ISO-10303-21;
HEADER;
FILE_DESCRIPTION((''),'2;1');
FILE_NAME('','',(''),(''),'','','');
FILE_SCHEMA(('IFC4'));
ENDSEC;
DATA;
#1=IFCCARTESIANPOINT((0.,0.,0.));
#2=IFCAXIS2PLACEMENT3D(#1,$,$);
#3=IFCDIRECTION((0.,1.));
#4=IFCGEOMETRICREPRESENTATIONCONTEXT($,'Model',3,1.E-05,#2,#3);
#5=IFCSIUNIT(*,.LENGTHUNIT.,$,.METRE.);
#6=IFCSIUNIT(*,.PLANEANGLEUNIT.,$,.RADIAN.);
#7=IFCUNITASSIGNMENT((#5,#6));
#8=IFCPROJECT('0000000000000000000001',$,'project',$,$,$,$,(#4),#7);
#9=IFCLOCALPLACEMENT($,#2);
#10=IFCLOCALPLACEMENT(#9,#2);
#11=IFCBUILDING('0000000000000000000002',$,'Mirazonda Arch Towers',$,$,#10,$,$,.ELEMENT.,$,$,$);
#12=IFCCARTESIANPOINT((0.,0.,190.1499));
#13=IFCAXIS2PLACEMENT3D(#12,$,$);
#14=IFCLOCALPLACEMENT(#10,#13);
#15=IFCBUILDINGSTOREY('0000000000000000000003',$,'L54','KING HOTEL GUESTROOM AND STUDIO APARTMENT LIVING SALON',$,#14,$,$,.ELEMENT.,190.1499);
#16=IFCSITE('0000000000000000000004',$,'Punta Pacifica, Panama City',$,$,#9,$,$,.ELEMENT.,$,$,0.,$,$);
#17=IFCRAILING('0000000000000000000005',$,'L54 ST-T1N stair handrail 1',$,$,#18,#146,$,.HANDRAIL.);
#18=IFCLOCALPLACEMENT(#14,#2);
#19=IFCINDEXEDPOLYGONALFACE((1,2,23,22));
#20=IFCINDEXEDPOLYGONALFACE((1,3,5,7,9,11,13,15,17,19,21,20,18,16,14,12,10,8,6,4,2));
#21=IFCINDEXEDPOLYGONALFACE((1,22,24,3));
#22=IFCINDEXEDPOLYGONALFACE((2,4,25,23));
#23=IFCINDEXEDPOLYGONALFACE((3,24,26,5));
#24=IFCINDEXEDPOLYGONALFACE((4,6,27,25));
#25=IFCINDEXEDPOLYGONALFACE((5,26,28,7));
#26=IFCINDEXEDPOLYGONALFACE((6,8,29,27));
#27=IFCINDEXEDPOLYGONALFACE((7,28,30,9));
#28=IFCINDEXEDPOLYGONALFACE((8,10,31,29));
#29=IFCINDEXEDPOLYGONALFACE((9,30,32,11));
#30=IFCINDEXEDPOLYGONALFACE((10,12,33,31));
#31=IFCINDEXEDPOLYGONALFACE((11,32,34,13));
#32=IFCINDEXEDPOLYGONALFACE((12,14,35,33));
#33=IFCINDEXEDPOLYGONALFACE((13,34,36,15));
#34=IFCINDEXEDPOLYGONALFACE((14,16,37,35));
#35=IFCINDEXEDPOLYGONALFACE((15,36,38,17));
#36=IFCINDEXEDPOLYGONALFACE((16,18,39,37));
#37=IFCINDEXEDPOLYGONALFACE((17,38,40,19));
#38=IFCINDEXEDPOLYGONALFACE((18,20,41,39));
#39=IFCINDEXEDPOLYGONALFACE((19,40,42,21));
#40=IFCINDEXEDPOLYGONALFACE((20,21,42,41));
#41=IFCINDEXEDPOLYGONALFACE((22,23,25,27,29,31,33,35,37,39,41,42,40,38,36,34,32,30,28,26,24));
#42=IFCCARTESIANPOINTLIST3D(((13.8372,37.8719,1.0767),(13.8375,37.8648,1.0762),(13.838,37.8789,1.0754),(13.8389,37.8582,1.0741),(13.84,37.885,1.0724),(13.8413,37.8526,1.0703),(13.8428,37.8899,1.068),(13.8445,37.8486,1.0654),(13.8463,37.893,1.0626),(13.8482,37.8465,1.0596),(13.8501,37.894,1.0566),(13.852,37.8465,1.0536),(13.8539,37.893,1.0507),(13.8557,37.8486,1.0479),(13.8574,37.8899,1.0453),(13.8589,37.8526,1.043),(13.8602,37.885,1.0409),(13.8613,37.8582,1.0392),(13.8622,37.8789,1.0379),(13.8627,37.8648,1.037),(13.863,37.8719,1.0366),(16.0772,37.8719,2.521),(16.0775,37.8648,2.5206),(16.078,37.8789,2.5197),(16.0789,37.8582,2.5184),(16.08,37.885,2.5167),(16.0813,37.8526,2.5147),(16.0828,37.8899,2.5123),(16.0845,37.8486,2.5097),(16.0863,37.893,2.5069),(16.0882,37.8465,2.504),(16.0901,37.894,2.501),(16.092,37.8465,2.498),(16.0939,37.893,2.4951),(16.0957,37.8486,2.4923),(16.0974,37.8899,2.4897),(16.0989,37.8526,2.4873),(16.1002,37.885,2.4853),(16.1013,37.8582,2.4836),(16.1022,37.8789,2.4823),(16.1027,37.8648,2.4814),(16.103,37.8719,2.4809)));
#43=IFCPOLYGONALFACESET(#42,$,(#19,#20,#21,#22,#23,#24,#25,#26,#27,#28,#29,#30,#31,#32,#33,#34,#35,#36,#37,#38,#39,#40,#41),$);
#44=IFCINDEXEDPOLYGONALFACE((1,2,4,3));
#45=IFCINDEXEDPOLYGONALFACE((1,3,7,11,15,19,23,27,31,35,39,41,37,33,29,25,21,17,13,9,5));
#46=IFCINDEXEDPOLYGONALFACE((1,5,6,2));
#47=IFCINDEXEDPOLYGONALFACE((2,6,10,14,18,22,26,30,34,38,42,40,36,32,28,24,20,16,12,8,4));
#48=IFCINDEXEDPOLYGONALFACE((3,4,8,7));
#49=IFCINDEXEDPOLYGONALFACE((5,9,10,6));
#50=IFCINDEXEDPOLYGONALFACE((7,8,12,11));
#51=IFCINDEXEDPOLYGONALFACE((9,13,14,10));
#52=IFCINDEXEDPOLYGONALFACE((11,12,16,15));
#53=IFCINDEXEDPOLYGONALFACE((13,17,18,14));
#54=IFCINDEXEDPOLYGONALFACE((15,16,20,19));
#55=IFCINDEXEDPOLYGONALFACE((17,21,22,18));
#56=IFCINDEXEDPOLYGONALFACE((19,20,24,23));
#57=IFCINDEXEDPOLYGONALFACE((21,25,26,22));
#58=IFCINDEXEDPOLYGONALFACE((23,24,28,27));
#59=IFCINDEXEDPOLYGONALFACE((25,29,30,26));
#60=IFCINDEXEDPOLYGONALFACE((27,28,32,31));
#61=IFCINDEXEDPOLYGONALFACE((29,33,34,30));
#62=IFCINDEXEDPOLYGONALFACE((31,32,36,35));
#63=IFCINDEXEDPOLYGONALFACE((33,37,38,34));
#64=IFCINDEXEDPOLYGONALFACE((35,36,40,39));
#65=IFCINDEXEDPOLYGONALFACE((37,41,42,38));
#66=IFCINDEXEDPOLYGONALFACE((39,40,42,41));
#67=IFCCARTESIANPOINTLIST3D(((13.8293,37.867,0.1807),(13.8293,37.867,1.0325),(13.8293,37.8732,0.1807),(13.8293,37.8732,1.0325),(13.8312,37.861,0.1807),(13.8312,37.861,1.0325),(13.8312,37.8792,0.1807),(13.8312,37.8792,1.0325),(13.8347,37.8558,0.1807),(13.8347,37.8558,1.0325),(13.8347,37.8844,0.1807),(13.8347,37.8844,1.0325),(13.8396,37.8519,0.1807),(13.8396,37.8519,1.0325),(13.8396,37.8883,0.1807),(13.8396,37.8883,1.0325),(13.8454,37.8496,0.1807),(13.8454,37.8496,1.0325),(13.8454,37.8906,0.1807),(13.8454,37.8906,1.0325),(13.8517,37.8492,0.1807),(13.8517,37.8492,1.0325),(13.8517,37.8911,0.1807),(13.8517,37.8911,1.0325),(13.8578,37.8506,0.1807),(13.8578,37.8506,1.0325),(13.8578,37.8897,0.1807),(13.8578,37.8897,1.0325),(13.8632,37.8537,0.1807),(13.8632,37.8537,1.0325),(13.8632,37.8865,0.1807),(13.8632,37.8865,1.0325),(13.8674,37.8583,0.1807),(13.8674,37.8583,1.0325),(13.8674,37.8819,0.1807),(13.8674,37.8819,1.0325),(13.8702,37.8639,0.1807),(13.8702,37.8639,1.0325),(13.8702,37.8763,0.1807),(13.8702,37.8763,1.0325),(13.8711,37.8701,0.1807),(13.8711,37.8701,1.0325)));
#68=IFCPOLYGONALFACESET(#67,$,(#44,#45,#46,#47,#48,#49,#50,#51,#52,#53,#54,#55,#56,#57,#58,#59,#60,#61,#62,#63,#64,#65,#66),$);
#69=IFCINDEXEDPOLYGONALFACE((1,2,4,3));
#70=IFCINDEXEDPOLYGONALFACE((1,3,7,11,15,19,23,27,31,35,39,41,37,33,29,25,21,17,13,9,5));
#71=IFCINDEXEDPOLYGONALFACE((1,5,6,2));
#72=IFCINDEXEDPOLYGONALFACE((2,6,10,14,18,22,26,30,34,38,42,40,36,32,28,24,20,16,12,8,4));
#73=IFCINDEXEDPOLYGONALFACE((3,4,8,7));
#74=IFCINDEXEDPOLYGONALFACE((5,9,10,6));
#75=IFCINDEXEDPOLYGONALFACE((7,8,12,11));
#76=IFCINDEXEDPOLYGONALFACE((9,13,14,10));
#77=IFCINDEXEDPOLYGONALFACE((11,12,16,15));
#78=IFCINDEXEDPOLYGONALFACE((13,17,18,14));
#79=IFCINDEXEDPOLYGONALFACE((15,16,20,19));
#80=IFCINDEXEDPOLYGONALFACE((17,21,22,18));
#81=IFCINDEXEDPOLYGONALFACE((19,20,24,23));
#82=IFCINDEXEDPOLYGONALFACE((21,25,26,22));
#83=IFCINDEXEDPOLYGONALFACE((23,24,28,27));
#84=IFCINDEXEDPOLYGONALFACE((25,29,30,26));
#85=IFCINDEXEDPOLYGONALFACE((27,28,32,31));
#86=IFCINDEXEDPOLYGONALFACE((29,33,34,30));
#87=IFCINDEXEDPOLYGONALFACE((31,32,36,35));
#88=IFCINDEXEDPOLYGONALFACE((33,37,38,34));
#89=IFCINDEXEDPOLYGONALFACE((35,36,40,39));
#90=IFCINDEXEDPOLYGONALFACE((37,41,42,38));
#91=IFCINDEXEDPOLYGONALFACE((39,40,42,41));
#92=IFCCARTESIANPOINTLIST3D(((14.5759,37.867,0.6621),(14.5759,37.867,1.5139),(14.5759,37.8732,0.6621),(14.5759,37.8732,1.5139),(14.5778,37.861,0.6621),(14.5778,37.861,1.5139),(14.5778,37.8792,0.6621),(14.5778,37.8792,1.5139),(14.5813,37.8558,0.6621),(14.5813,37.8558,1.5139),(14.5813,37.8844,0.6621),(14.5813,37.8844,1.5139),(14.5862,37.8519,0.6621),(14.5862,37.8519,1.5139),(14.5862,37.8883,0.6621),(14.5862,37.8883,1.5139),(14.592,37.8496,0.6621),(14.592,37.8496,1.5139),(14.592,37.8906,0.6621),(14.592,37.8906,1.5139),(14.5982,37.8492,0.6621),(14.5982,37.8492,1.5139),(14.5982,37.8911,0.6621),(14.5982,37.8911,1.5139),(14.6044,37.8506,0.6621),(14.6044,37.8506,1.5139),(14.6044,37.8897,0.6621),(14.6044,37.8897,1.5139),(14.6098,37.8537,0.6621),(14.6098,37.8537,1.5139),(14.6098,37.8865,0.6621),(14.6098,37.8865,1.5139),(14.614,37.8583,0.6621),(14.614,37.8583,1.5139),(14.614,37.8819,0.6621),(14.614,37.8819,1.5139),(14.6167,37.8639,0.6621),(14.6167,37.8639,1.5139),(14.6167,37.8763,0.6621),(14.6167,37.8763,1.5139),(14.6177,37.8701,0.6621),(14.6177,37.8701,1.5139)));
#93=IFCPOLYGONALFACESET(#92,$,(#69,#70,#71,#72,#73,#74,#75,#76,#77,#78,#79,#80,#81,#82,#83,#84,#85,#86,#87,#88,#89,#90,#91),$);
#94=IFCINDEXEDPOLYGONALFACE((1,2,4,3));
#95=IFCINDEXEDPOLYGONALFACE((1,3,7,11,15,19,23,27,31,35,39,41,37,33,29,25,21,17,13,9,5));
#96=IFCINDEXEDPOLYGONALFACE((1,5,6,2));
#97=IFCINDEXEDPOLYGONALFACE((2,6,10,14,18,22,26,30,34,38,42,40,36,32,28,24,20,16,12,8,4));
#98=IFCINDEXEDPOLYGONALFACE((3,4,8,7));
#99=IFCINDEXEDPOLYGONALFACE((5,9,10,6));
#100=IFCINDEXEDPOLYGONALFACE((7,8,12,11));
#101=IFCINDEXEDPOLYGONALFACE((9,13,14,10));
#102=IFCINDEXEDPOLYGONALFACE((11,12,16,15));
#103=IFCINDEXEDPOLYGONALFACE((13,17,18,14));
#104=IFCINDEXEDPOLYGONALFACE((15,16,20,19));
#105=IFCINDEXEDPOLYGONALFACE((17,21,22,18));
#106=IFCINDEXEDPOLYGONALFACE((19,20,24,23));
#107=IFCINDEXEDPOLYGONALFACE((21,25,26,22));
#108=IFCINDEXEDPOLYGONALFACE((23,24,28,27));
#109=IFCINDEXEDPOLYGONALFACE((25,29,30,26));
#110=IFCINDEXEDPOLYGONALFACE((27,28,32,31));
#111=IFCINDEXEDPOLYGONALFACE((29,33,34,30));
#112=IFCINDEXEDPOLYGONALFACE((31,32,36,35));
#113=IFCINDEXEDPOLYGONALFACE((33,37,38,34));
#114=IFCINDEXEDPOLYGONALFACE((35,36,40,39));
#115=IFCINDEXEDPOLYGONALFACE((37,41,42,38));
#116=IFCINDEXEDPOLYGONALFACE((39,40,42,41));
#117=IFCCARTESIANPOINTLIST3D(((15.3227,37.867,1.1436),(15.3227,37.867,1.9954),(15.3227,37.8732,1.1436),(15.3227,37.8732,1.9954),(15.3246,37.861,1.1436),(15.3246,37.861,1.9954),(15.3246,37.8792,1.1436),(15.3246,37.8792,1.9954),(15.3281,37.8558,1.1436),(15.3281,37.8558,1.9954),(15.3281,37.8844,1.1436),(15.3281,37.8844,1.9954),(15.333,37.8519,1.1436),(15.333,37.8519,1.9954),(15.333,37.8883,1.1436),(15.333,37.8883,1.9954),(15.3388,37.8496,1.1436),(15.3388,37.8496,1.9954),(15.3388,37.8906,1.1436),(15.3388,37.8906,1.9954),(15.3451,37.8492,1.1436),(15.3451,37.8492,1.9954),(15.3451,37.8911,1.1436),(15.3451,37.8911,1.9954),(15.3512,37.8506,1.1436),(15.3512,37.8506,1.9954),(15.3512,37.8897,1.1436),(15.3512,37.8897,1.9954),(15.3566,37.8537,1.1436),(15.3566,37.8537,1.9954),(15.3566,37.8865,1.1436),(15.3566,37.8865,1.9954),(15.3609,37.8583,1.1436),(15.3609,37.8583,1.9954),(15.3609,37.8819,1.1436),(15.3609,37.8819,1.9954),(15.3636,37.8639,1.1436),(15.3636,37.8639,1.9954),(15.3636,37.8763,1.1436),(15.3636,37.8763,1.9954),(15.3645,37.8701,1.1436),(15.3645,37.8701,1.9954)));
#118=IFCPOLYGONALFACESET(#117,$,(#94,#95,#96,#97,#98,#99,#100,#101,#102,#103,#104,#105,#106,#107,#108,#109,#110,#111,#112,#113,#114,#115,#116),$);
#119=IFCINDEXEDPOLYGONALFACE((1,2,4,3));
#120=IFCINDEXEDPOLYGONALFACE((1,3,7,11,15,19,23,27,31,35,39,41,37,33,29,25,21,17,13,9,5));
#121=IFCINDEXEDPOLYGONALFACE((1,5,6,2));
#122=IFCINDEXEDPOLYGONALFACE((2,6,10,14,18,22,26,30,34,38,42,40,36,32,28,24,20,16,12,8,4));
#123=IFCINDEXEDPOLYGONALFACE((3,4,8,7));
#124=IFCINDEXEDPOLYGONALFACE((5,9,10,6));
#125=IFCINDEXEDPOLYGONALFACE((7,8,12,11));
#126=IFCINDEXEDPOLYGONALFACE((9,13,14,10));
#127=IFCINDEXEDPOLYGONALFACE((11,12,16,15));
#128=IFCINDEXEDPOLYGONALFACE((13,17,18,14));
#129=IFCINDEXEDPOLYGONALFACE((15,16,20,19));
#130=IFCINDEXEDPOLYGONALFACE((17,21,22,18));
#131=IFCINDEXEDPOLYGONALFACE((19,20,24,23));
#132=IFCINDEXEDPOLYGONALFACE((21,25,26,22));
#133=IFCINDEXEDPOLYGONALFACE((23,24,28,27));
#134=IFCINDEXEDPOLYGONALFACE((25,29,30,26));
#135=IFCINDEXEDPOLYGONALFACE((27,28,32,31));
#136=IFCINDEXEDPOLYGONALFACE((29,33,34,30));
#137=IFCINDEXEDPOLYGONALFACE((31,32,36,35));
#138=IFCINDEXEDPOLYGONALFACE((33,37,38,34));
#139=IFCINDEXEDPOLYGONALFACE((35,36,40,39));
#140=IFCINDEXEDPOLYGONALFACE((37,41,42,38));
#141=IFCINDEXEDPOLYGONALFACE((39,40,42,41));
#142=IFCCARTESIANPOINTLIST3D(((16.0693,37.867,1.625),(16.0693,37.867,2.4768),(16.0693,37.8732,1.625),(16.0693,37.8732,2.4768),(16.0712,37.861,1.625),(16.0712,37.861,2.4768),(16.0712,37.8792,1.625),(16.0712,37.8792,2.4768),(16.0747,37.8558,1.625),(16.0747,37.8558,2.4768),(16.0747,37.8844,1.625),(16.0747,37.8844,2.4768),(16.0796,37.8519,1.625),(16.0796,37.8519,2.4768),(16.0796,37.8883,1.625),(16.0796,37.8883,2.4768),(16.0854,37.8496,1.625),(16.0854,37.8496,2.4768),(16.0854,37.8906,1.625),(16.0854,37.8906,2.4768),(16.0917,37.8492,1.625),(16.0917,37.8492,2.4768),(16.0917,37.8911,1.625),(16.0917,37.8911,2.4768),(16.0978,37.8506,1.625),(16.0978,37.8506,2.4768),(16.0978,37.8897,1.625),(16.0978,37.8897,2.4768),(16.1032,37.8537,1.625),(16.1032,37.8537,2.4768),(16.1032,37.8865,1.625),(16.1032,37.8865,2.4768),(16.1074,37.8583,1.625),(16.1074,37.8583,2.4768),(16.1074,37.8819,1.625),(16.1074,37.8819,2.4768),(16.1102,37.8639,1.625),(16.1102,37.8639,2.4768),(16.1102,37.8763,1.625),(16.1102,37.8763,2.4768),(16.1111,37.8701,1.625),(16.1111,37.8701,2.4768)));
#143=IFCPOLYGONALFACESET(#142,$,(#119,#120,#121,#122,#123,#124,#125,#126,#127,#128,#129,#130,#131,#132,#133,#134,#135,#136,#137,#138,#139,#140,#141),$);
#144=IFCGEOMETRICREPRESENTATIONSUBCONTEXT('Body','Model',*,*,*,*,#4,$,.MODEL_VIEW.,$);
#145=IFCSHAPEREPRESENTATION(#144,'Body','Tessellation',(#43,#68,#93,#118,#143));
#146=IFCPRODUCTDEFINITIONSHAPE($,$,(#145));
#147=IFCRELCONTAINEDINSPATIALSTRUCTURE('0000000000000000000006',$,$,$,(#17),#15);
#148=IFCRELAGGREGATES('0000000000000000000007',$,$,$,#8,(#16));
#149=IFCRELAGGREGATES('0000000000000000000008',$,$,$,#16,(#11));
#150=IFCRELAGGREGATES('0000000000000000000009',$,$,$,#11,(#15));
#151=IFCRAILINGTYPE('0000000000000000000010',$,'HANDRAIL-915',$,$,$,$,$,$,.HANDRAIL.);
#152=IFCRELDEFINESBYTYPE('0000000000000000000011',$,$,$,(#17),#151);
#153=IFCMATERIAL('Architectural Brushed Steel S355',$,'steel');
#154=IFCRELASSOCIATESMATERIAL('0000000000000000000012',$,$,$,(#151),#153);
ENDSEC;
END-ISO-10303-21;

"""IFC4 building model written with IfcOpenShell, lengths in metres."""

from ifc_helpers import new_model, si_unit, direction, frame, origin, origin_2d, place, context, subcontext, project, spatial, circle, extrude, material, type_object, element, save


model = new_model("IFC4")

# Units and contexts
model_context = context("Model", 3, precision=1e-05, world=origin(), true_north=direction((0.0, 1.0)))
body_context = subcontext(model_context, "Body", "Model", "MODEL_VIEW")
ifc_project = project(units=[si_unit("LENGTHUNIT", "METRE"), si_unit("PLANEANGLEUNIT", "RADIAN")], contexts=[model_context])

# Site, building, storey
site_placement = place(None, origin())
site = spatial("IfcSite", under=ifc_project, at=site_placement, Name="Punta Pacifica, Panama City", CompositionType="ELEMENT", RefElevation=0.0)
building_placement = place(site_placement, origin())
building = spatial("IfcBuilding", under=site, at=building_placement, Name="Mirazonda Arch Towers", CompositionType="ELEMENT")
storey_placement = place(building_placement, frame((0.0, 0.0, 190.1499)))
storey = spatial("IfcBuildingStorey", under=building, at=storey_placement, Name="L54", Description="KING HOTEL GUESTROOM AND STUDIO APARTMENT LIVING SALON", CompositionType="ELEMENT", Elevation=190.1499)

# Shared definitions
ifc_material_1 = material(Name="Architectural Brushed Steel S355", Category="steel")

# Railing
railing_type_1 = type_object("IfcRailingType", Name="HANDRAIL-915", PredefinedType="HANDRAIL", material=ifc_material_1)
railing_1_placement = place(storey_placement, frame((13.8501, 37.8701, 0.1807)))
element("IfcRailing", 1, at=railing_1_placement, inside=storey, type_object=railing_type_1, Name="L54 ST-T1N stair handrail 1", PredefinedType="HANDRAIL", context=body_context, shape_type="SweptSolid", body=[
    extrude(circle(Radius=0.0239, at=origin_2d()), frame((0.0, 0.0, 0.876), z_axis=(0.840437, 0.0, 0.54191), x_axis=(0.0, 1.0, 0.0)), (0.0, 0.0, 1.0), 2.6653),
    extrude(circle(Radius=0.021, at=origin_2d()), origin(), (0.0, 0.0, 1.0), 0.8518),
    extrude(circle(Radius=0.021, at=origin_2d()), frame((0.7466, 0.0, 0.4814)), (0.0, 0.0, 1.0), 0.8518),
    extrude(circle(Radius=0.021, at=origin_2d()), frame((1.4934, 0.0, 0.9629)), (0.0, 0.0, 1.0), 0.8518),
    extrude(circle(Radius=0.021, at=origin_2d()), frame((2.24, 0.0, 1.4443)), (0.0, 0.0, 1.0), 0.8518),
])

save(model, "model.ifc")
